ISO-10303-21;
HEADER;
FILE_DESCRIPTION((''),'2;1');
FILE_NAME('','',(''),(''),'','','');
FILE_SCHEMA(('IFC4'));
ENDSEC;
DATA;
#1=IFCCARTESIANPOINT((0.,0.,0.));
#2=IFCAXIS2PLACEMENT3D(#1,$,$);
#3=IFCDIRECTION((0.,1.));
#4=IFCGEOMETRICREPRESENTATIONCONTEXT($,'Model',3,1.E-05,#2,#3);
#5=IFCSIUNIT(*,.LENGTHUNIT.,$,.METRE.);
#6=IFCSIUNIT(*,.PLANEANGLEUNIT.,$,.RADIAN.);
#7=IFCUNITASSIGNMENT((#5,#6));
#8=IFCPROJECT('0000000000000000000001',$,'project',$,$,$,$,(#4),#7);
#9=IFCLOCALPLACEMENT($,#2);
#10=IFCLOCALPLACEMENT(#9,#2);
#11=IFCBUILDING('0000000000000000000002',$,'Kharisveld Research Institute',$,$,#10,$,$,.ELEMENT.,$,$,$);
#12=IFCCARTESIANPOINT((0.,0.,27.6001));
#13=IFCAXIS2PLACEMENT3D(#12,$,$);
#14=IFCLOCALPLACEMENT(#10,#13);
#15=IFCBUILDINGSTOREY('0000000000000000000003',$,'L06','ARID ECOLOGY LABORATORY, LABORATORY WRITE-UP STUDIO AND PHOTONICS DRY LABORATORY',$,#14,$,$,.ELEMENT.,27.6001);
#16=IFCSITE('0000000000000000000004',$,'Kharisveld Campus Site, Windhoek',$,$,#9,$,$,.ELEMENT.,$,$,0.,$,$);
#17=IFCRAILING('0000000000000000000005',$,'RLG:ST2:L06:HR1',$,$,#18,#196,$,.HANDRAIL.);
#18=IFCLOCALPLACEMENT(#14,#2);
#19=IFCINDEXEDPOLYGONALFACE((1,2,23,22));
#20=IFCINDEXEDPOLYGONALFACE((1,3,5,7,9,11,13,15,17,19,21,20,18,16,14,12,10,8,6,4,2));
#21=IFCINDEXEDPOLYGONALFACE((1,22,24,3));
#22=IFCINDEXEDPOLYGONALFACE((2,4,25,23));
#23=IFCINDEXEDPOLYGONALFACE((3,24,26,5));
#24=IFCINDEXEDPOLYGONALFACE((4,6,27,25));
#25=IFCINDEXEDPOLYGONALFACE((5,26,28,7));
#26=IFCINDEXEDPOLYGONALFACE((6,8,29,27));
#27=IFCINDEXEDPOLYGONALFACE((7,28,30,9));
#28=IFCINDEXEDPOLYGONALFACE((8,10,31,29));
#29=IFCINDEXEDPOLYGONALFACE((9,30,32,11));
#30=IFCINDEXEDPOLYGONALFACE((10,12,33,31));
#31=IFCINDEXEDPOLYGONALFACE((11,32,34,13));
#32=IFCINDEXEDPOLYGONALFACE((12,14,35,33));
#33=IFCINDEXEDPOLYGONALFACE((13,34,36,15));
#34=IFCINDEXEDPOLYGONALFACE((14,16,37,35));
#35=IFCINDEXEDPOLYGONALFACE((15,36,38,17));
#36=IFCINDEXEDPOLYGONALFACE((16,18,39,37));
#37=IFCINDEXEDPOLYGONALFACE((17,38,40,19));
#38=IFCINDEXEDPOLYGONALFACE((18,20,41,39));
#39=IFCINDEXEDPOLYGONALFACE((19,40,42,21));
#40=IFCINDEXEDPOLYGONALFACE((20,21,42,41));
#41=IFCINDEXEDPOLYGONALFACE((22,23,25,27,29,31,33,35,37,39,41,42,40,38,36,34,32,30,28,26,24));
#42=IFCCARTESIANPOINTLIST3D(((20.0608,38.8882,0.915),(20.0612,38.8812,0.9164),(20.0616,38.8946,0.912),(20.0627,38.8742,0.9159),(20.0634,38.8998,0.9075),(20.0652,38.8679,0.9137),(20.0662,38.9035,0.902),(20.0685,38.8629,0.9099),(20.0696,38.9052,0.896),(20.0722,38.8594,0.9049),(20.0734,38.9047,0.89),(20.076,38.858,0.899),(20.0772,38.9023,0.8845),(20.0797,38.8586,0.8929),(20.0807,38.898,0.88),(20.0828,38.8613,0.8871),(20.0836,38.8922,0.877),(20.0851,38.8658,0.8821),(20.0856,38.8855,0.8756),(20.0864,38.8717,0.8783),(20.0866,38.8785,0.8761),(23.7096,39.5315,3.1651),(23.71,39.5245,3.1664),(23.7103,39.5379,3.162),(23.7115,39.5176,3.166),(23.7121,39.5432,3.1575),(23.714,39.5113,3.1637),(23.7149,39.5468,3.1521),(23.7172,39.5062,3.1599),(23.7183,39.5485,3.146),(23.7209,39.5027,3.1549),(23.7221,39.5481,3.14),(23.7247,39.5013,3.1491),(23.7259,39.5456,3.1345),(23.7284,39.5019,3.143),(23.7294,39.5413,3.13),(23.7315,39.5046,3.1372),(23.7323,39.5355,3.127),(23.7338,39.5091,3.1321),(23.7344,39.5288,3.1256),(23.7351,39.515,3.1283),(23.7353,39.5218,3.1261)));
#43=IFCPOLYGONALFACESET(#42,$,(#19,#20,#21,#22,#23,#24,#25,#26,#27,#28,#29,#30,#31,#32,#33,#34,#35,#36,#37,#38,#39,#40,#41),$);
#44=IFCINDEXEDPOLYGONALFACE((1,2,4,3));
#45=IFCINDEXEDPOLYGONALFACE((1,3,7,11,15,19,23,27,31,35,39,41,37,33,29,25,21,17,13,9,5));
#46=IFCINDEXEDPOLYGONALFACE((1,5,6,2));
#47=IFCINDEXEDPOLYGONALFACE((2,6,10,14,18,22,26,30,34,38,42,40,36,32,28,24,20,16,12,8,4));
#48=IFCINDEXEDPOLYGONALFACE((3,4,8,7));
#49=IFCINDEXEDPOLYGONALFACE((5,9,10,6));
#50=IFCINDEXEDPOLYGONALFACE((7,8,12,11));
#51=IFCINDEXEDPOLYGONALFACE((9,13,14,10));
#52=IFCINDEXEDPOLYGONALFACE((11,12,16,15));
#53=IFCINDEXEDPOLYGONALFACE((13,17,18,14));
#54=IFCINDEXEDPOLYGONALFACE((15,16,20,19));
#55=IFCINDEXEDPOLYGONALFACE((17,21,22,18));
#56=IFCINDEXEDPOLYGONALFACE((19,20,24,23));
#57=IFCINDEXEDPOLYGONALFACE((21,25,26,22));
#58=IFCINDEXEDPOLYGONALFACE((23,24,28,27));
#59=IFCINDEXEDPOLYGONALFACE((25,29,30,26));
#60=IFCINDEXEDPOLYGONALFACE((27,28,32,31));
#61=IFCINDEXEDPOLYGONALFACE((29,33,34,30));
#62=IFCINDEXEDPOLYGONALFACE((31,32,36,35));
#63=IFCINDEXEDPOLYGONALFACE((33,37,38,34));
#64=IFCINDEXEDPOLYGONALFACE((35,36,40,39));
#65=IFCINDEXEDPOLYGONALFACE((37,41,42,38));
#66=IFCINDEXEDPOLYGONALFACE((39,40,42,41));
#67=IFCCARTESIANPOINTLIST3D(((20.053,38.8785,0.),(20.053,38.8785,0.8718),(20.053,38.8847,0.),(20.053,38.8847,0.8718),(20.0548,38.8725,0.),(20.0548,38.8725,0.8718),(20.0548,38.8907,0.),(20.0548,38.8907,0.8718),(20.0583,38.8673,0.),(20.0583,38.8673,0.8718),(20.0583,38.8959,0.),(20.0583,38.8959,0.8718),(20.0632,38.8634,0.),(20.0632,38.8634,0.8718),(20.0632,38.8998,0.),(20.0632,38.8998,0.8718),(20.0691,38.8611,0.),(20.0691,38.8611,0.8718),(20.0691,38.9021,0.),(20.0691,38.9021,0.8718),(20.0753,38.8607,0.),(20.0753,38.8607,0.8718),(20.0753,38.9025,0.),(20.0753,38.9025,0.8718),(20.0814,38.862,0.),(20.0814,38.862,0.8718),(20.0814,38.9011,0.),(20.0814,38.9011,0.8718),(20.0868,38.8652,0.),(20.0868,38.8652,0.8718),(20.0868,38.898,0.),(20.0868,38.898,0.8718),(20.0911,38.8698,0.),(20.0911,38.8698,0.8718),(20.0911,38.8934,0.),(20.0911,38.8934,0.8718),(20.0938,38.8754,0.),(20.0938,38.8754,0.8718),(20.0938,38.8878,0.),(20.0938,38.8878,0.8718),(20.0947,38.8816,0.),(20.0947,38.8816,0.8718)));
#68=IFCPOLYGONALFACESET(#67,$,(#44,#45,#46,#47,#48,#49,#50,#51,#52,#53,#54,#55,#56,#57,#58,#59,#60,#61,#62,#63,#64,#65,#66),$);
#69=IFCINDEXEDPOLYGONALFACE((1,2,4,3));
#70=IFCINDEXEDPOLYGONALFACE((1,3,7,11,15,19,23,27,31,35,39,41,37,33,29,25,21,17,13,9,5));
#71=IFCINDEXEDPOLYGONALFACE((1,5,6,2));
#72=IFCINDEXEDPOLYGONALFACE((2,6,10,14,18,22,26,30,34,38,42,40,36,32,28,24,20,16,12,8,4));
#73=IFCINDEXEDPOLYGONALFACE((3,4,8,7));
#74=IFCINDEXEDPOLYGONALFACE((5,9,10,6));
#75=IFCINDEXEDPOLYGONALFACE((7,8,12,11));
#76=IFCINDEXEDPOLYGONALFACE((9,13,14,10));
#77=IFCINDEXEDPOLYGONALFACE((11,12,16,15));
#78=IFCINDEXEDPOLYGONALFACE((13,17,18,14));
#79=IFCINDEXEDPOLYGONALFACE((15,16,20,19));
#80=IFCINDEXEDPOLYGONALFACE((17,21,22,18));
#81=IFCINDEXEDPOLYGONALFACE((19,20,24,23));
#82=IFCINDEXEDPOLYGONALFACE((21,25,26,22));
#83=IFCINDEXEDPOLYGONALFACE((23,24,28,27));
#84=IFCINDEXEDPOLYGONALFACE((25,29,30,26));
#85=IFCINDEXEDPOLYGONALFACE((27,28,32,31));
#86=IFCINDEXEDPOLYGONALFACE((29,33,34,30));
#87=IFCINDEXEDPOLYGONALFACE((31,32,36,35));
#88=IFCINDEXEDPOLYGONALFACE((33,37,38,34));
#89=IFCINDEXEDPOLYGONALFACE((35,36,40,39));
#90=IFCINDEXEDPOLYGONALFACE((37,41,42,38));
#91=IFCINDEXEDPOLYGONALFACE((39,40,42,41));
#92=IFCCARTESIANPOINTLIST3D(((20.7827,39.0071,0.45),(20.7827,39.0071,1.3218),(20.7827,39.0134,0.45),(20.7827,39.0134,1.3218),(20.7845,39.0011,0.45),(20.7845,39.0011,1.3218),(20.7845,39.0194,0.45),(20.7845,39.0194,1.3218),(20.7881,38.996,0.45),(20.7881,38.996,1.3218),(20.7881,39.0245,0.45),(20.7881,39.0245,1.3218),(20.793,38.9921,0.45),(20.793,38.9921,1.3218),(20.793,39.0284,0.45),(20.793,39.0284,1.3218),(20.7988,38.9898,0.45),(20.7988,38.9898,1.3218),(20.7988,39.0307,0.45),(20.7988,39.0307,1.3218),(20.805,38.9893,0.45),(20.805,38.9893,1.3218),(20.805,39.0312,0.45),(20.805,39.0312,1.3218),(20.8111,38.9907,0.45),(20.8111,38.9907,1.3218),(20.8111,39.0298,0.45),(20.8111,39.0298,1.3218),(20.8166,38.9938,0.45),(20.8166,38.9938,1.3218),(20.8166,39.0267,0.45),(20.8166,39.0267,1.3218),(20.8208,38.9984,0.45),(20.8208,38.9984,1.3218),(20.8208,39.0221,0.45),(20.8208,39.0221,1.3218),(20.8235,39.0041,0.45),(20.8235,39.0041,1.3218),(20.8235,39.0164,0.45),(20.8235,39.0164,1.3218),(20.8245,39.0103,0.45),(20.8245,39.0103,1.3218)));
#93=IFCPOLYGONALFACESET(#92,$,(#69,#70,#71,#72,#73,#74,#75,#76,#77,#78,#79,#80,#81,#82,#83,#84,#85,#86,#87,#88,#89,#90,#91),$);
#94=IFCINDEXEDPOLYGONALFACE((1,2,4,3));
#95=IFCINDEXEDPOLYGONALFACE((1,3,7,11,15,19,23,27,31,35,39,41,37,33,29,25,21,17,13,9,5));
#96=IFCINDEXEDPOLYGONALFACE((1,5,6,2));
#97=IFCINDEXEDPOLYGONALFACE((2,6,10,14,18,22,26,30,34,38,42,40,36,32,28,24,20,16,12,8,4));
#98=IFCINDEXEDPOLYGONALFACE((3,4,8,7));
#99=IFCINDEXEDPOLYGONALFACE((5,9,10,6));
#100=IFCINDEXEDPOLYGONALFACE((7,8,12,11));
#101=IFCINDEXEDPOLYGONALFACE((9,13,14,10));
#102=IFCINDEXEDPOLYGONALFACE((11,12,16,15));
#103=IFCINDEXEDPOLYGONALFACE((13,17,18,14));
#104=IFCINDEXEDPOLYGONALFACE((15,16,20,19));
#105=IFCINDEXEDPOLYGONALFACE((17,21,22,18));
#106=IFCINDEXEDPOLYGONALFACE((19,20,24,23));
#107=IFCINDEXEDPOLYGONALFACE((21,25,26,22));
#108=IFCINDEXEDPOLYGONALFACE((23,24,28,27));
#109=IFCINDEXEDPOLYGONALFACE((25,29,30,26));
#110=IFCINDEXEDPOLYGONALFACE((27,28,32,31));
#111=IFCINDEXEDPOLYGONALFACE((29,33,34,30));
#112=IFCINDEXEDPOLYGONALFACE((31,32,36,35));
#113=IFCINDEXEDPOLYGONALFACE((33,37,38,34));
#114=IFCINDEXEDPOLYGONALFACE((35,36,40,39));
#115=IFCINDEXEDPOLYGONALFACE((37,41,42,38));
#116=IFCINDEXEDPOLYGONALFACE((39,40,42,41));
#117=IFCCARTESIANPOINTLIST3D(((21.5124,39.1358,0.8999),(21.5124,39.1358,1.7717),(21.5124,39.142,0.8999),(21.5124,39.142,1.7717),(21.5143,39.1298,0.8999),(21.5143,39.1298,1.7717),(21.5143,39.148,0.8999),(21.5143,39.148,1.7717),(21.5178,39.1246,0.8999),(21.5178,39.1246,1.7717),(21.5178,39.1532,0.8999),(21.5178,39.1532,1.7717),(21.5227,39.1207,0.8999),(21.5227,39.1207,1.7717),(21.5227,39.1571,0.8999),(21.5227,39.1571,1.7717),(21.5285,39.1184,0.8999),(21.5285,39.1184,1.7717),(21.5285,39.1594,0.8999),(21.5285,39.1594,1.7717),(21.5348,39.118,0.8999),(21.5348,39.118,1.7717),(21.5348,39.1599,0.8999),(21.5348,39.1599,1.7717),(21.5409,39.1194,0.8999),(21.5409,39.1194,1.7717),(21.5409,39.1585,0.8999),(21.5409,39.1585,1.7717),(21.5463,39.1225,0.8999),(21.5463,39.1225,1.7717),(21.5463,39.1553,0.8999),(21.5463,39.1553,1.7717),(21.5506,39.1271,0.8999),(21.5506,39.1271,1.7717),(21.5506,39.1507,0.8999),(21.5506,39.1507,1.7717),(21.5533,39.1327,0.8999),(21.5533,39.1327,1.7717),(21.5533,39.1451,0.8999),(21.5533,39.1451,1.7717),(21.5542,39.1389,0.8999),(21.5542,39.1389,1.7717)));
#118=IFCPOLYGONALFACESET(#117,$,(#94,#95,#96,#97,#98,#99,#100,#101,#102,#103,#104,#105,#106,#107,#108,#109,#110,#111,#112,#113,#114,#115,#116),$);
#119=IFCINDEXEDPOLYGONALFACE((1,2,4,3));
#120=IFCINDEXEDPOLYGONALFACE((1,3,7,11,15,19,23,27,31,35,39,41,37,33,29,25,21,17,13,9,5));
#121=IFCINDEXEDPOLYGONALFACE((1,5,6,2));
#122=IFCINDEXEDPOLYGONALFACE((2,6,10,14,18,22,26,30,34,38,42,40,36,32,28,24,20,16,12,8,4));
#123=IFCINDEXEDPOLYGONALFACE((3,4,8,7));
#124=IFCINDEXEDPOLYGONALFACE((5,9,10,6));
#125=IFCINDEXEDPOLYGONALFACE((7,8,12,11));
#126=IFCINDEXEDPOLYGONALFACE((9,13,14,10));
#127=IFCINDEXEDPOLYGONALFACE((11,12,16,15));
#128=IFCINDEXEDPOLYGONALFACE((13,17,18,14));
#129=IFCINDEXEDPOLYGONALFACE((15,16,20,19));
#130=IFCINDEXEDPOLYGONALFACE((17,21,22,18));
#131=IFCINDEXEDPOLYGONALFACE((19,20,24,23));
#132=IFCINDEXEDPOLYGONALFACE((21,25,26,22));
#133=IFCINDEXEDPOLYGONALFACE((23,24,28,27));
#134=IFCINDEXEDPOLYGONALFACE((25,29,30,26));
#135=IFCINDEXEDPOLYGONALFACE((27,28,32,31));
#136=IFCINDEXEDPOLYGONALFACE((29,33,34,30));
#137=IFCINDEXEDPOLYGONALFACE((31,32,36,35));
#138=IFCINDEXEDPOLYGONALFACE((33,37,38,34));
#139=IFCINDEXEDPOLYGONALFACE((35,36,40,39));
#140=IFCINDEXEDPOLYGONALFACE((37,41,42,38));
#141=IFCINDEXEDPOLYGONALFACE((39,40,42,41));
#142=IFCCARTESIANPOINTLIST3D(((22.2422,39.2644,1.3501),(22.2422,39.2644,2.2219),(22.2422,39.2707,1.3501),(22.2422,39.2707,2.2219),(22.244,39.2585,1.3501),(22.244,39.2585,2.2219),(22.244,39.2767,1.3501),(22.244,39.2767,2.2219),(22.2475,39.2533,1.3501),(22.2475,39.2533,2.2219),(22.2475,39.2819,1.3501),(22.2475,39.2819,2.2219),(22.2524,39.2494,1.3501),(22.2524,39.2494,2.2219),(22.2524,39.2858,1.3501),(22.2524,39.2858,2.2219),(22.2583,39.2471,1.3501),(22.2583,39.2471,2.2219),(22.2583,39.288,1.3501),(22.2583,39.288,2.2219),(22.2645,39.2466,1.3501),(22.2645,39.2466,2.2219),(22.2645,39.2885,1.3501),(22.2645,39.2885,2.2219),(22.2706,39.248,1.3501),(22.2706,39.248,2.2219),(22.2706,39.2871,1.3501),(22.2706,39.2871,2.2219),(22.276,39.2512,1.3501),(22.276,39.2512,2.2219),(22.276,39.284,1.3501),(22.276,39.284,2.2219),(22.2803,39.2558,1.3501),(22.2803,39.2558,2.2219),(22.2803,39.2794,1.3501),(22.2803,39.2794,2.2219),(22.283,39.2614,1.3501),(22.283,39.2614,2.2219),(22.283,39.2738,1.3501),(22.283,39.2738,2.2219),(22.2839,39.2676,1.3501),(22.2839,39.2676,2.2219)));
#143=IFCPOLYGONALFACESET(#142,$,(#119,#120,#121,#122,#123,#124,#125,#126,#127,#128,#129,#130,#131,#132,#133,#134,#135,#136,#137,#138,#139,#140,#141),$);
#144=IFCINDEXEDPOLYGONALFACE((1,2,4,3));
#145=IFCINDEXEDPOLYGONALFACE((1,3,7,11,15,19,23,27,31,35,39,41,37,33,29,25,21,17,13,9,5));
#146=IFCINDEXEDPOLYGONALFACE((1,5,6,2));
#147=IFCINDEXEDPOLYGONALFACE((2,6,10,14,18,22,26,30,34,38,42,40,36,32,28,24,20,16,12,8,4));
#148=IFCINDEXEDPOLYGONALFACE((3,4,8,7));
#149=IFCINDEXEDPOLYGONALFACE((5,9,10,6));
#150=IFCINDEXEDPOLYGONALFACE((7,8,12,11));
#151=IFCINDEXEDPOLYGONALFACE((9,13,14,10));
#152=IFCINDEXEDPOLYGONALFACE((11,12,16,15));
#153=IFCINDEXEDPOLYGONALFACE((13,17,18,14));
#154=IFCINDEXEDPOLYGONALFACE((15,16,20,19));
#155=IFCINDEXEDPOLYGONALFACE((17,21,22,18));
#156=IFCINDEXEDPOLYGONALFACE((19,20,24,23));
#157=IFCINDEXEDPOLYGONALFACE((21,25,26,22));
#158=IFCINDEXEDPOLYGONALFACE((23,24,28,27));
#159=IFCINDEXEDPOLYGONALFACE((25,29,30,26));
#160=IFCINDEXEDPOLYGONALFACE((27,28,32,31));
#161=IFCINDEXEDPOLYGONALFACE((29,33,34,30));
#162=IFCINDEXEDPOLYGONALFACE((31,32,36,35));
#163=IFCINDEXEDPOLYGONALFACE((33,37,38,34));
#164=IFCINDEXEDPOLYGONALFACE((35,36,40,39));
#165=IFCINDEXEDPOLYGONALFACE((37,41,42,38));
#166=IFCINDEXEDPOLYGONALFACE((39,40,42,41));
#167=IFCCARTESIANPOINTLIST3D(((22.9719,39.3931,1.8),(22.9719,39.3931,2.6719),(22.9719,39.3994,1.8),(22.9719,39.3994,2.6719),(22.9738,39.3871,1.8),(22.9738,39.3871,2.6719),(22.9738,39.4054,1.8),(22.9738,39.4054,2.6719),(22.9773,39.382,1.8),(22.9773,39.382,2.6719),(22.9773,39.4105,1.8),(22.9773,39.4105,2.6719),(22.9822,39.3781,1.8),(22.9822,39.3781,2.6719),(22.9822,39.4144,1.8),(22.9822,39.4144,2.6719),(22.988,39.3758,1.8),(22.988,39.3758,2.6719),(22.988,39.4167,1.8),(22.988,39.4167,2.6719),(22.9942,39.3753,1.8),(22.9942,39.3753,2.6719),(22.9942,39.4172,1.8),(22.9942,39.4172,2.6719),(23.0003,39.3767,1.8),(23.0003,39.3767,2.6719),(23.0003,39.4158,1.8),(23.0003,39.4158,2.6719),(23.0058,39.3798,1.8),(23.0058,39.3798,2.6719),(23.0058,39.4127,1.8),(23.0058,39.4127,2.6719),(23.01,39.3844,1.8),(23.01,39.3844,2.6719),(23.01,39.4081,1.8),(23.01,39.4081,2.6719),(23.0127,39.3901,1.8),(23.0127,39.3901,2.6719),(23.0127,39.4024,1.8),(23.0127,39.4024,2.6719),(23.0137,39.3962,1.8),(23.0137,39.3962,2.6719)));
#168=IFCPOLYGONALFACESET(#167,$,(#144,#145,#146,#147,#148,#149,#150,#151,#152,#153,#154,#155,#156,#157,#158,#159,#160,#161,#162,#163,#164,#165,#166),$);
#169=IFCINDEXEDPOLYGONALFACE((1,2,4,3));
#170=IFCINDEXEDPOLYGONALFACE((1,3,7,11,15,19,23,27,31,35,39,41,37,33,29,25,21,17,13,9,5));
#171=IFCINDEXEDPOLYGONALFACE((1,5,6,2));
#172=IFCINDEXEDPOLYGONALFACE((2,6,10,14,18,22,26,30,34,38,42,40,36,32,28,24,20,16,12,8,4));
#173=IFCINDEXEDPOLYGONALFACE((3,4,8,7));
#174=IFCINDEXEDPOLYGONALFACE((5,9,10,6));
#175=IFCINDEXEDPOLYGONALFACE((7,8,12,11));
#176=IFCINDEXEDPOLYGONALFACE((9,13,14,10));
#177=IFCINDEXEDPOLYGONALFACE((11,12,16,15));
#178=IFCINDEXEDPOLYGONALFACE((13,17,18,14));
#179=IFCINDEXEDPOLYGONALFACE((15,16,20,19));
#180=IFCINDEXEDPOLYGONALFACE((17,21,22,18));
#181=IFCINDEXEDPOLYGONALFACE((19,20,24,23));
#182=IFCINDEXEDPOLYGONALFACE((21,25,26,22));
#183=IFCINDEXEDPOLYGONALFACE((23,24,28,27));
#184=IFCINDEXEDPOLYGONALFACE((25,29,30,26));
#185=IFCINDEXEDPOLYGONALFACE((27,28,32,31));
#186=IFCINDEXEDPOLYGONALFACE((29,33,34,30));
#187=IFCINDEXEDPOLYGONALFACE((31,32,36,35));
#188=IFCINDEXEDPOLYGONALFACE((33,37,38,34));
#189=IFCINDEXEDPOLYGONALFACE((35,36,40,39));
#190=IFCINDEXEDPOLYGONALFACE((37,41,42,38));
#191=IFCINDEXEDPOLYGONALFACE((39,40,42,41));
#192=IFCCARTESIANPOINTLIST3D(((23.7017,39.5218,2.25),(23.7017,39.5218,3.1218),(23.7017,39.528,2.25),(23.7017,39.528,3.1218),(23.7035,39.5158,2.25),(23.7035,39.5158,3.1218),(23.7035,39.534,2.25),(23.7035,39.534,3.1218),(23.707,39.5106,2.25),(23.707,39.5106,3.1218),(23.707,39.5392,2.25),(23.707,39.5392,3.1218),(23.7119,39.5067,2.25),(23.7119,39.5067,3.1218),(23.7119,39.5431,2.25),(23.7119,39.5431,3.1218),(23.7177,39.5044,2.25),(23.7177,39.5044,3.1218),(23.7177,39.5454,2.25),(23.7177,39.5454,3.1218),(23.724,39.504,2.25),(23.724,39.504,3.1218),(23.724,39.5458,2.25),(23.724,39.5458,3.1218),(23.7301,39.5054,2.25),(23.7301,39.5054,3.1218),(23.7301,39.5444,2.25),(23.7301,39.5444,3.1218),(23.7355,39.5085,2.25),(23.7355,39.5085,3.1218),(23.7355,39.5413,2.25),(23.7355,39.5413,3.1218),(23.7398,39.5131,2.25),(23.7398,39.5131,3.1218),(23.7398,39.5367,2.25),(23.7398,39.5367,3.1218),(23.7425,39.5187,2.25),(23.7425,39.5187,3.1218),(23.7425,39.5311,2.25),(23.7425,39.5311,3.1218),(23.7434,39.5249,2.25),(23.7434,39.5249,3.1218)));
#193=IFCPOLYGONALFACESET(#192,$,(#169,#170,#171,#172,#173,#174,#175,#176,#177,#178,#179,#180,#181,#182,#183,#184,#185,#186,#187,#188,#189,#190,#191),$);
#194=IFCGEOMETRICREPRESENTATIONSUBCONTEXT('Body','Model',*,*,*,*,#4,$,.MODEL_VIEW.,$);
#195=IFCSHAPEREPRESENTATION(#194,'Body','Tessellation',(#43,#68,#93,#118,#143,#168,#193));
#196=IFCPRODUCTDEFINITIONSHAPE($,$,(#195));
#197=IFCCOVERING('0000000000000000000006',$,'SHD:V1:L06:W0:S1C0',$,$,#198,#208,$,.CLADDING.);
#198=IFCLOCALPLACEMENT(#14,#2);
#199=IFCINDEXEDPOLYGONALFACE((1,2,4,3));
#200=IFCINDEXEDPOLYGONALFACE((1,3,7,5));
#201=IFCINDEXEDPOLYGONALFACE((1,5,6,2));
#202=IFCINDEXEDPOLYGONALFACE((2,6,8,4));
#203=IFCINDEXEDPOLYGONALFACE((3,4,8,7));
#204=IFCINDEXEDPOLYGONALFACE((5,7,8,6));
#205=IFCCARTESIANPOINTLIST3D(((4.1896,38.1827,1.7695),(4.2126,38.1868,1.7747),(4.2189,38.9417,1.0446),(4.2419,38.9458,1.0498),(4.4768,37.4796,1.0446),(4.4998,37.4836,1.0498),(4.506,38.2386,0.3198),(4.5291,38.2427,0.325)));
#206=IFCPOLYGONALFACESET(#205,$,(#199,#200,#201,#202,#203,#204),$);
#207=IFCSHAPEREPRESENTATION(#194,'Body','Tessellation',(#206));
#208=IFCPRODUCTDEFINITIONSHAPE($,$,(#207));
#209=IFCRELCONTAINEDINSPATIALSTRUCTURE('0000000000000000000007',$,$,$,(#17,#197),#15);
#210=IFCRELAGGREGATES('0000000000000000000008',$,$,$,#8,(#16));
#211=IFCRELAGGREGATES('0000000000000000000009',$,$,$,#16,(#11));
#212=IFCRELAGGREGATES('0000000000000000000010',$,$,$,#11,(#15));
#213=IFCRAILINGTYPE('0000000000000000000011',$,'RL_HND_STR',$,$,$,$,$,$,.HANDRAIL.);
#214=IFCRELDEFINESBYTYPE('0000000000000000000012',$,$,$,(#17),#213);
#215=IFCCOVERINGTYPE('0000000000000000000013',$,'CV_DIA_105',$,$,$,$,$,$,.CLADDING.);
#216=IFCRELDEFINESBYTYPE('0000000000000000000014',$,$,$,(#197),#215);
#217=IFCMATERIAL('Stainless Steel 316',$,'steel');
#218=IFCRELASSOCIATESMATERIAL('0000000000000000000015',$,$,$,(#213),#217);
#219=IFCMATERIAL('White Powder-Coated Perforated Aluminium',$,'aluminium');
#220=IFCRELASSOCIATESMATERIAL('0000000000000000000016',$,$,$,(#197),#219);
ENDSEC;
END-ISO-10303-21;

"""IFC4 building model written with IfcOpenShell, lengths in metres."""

from ifc_helpers import new_model, si_unit, direction, frame, origin, origin_2d, place, context, subcontext, project, spatial, polyline, circle, outline, extrude, material, type_object, element, save


model = new_model("IFC4")

# Units and contexts
model_context = context("Model", 3, precision=1e-05, world=origin(), true_north=direction((0.0, 1.0)))
body_context = subcontext(model_context, "Body", "Model", "MODEL_VIEW")
ifc_project = project(units=[si_unit("LENGTHUNIT", "METRE"), si_unit("PLANEANGLEUNIT", "RADIAN")], contexts=[model_context])

# Site, building, storey
site_placement = place(None, origin())
site = spatial("IfcSite", under=ifc_project, at=site_placement, Name="Kharisveld Campus Site, Windhoek", CompositionType="ELEMENT", RefElevation=0.0)
building_placement = place(site_placement, origin())
building = spatial("IfcBuilding", under=site, at=building_placement, Name="Kharisveld Research Institute", CompositionType="ELEMENT")
storey_placement = place(building_placement, frame((0.0, 0.0, 27.6001)))
storey = spatial("IfcBuildingStorey", under=building, at=storey_placement, Name="L06", Description="ARID ECOLOGY LABORATORY, LABORATORY WRITE-UP STUDIO AND PHOTONICS DRY LABORATORY", CompositionType="ELEMENT", Elevation=27.6001)

# Railing
ifc_material_1 = material(Name="Stainless Steel 316", Category="steel")
railing_type_1 = type_object("IfcRailingType", Name="RL_HND_STR", PredefinedType="HANDRAIL", material=ifc_material_1)
railing_1_placement = place(storey_placement, frame((20.0737, 38.8816, 0.0)))
element("IfcRailing", 1, at=railing_1_placement, inside=storey, type_object=railing_type_1, Name="RLG:ST2:L06:HR1", PredefinedType="HANDRAIL", context=body_context, shape_type="SweptSolid", body=[
    extrude(circle(Radius=0.0239, at=origin_2d()), frame((0.0, 0.0, 0.896), z_axis=(0.841747, 0.148411, 0.519073), x_axis=(-0.173635, 0.98481, 0.0)), (0.0, 0.0, 1.0), 4.3347),
    extrude(circle(Radius=0.021, at=origin_2d()), origin(), (0.0, 0.0, 1.0), 0.8718),
    extrude(circle(Radius=0.021, at=origin_2d()), frame((0.7297, 0.1287, 0.45)), (0.0, 0.0, 1.0), 0.8718),
    extrude(circle(Radius=0.021, at=origin_2d()), frame((1.4595, 0.2573, 0.8999)), (0.0, 0.0, 1.0), 0.8718),
    extrude(circle(Radius=0.021, at=origin_2d()), frame((2.1892, 0.386, 1.3501)), (0.0, 0.0, 1.0), 0.8718),
    extrude(circle(Radius=0.021, at=origin_2d()), frame((2.9189, 0.5146, 1.8)), (0.0, 0.0, 1.0), 0.8718),
    extrude(circle(Radius=0.021, at=origin_2d()), frame((3.6487, 0.6433, 2.25)), (0.0, 0.0, 1.0), 0.8718),
])

# Covering
ifc_material_2 = material(Name="White Powder-Coated Perforated Aluminium", Category="aluminium")
covering_type = type_object("IfcCoveringType", Name="CV_DIA_105", PredefinedType="CLADDING")
for number, where, z_axis, x_axis, name in (
    (2, (4.5291, 38.2427, 0.325), (0.961476, 0.169531, 0.216385), (-0.273471, 0.669725, 0.690421), "SHD:V1:L06:W0:S1C0"),
):
    element("IfcCovering", number, at=place(storey_placement, frame(where, z_axis=z_axis, x_axis=x_axis)), inside=storey, type_object=covering_type, material=ifc_material_2, Name=name, PredefinedType="CLADDING", context=body_context, shape_type="SweptSolid", body=[
        extrude(outline(polyline([(0.0, 0.0), (1.0499, 0.0), (1.05, 1.05), (0.0001, 1.05), (0.0, 0.0)])), origin(), (0.0, 0.0, -1.0), 0.0239),
    ])

save(model, "model.ifc")
